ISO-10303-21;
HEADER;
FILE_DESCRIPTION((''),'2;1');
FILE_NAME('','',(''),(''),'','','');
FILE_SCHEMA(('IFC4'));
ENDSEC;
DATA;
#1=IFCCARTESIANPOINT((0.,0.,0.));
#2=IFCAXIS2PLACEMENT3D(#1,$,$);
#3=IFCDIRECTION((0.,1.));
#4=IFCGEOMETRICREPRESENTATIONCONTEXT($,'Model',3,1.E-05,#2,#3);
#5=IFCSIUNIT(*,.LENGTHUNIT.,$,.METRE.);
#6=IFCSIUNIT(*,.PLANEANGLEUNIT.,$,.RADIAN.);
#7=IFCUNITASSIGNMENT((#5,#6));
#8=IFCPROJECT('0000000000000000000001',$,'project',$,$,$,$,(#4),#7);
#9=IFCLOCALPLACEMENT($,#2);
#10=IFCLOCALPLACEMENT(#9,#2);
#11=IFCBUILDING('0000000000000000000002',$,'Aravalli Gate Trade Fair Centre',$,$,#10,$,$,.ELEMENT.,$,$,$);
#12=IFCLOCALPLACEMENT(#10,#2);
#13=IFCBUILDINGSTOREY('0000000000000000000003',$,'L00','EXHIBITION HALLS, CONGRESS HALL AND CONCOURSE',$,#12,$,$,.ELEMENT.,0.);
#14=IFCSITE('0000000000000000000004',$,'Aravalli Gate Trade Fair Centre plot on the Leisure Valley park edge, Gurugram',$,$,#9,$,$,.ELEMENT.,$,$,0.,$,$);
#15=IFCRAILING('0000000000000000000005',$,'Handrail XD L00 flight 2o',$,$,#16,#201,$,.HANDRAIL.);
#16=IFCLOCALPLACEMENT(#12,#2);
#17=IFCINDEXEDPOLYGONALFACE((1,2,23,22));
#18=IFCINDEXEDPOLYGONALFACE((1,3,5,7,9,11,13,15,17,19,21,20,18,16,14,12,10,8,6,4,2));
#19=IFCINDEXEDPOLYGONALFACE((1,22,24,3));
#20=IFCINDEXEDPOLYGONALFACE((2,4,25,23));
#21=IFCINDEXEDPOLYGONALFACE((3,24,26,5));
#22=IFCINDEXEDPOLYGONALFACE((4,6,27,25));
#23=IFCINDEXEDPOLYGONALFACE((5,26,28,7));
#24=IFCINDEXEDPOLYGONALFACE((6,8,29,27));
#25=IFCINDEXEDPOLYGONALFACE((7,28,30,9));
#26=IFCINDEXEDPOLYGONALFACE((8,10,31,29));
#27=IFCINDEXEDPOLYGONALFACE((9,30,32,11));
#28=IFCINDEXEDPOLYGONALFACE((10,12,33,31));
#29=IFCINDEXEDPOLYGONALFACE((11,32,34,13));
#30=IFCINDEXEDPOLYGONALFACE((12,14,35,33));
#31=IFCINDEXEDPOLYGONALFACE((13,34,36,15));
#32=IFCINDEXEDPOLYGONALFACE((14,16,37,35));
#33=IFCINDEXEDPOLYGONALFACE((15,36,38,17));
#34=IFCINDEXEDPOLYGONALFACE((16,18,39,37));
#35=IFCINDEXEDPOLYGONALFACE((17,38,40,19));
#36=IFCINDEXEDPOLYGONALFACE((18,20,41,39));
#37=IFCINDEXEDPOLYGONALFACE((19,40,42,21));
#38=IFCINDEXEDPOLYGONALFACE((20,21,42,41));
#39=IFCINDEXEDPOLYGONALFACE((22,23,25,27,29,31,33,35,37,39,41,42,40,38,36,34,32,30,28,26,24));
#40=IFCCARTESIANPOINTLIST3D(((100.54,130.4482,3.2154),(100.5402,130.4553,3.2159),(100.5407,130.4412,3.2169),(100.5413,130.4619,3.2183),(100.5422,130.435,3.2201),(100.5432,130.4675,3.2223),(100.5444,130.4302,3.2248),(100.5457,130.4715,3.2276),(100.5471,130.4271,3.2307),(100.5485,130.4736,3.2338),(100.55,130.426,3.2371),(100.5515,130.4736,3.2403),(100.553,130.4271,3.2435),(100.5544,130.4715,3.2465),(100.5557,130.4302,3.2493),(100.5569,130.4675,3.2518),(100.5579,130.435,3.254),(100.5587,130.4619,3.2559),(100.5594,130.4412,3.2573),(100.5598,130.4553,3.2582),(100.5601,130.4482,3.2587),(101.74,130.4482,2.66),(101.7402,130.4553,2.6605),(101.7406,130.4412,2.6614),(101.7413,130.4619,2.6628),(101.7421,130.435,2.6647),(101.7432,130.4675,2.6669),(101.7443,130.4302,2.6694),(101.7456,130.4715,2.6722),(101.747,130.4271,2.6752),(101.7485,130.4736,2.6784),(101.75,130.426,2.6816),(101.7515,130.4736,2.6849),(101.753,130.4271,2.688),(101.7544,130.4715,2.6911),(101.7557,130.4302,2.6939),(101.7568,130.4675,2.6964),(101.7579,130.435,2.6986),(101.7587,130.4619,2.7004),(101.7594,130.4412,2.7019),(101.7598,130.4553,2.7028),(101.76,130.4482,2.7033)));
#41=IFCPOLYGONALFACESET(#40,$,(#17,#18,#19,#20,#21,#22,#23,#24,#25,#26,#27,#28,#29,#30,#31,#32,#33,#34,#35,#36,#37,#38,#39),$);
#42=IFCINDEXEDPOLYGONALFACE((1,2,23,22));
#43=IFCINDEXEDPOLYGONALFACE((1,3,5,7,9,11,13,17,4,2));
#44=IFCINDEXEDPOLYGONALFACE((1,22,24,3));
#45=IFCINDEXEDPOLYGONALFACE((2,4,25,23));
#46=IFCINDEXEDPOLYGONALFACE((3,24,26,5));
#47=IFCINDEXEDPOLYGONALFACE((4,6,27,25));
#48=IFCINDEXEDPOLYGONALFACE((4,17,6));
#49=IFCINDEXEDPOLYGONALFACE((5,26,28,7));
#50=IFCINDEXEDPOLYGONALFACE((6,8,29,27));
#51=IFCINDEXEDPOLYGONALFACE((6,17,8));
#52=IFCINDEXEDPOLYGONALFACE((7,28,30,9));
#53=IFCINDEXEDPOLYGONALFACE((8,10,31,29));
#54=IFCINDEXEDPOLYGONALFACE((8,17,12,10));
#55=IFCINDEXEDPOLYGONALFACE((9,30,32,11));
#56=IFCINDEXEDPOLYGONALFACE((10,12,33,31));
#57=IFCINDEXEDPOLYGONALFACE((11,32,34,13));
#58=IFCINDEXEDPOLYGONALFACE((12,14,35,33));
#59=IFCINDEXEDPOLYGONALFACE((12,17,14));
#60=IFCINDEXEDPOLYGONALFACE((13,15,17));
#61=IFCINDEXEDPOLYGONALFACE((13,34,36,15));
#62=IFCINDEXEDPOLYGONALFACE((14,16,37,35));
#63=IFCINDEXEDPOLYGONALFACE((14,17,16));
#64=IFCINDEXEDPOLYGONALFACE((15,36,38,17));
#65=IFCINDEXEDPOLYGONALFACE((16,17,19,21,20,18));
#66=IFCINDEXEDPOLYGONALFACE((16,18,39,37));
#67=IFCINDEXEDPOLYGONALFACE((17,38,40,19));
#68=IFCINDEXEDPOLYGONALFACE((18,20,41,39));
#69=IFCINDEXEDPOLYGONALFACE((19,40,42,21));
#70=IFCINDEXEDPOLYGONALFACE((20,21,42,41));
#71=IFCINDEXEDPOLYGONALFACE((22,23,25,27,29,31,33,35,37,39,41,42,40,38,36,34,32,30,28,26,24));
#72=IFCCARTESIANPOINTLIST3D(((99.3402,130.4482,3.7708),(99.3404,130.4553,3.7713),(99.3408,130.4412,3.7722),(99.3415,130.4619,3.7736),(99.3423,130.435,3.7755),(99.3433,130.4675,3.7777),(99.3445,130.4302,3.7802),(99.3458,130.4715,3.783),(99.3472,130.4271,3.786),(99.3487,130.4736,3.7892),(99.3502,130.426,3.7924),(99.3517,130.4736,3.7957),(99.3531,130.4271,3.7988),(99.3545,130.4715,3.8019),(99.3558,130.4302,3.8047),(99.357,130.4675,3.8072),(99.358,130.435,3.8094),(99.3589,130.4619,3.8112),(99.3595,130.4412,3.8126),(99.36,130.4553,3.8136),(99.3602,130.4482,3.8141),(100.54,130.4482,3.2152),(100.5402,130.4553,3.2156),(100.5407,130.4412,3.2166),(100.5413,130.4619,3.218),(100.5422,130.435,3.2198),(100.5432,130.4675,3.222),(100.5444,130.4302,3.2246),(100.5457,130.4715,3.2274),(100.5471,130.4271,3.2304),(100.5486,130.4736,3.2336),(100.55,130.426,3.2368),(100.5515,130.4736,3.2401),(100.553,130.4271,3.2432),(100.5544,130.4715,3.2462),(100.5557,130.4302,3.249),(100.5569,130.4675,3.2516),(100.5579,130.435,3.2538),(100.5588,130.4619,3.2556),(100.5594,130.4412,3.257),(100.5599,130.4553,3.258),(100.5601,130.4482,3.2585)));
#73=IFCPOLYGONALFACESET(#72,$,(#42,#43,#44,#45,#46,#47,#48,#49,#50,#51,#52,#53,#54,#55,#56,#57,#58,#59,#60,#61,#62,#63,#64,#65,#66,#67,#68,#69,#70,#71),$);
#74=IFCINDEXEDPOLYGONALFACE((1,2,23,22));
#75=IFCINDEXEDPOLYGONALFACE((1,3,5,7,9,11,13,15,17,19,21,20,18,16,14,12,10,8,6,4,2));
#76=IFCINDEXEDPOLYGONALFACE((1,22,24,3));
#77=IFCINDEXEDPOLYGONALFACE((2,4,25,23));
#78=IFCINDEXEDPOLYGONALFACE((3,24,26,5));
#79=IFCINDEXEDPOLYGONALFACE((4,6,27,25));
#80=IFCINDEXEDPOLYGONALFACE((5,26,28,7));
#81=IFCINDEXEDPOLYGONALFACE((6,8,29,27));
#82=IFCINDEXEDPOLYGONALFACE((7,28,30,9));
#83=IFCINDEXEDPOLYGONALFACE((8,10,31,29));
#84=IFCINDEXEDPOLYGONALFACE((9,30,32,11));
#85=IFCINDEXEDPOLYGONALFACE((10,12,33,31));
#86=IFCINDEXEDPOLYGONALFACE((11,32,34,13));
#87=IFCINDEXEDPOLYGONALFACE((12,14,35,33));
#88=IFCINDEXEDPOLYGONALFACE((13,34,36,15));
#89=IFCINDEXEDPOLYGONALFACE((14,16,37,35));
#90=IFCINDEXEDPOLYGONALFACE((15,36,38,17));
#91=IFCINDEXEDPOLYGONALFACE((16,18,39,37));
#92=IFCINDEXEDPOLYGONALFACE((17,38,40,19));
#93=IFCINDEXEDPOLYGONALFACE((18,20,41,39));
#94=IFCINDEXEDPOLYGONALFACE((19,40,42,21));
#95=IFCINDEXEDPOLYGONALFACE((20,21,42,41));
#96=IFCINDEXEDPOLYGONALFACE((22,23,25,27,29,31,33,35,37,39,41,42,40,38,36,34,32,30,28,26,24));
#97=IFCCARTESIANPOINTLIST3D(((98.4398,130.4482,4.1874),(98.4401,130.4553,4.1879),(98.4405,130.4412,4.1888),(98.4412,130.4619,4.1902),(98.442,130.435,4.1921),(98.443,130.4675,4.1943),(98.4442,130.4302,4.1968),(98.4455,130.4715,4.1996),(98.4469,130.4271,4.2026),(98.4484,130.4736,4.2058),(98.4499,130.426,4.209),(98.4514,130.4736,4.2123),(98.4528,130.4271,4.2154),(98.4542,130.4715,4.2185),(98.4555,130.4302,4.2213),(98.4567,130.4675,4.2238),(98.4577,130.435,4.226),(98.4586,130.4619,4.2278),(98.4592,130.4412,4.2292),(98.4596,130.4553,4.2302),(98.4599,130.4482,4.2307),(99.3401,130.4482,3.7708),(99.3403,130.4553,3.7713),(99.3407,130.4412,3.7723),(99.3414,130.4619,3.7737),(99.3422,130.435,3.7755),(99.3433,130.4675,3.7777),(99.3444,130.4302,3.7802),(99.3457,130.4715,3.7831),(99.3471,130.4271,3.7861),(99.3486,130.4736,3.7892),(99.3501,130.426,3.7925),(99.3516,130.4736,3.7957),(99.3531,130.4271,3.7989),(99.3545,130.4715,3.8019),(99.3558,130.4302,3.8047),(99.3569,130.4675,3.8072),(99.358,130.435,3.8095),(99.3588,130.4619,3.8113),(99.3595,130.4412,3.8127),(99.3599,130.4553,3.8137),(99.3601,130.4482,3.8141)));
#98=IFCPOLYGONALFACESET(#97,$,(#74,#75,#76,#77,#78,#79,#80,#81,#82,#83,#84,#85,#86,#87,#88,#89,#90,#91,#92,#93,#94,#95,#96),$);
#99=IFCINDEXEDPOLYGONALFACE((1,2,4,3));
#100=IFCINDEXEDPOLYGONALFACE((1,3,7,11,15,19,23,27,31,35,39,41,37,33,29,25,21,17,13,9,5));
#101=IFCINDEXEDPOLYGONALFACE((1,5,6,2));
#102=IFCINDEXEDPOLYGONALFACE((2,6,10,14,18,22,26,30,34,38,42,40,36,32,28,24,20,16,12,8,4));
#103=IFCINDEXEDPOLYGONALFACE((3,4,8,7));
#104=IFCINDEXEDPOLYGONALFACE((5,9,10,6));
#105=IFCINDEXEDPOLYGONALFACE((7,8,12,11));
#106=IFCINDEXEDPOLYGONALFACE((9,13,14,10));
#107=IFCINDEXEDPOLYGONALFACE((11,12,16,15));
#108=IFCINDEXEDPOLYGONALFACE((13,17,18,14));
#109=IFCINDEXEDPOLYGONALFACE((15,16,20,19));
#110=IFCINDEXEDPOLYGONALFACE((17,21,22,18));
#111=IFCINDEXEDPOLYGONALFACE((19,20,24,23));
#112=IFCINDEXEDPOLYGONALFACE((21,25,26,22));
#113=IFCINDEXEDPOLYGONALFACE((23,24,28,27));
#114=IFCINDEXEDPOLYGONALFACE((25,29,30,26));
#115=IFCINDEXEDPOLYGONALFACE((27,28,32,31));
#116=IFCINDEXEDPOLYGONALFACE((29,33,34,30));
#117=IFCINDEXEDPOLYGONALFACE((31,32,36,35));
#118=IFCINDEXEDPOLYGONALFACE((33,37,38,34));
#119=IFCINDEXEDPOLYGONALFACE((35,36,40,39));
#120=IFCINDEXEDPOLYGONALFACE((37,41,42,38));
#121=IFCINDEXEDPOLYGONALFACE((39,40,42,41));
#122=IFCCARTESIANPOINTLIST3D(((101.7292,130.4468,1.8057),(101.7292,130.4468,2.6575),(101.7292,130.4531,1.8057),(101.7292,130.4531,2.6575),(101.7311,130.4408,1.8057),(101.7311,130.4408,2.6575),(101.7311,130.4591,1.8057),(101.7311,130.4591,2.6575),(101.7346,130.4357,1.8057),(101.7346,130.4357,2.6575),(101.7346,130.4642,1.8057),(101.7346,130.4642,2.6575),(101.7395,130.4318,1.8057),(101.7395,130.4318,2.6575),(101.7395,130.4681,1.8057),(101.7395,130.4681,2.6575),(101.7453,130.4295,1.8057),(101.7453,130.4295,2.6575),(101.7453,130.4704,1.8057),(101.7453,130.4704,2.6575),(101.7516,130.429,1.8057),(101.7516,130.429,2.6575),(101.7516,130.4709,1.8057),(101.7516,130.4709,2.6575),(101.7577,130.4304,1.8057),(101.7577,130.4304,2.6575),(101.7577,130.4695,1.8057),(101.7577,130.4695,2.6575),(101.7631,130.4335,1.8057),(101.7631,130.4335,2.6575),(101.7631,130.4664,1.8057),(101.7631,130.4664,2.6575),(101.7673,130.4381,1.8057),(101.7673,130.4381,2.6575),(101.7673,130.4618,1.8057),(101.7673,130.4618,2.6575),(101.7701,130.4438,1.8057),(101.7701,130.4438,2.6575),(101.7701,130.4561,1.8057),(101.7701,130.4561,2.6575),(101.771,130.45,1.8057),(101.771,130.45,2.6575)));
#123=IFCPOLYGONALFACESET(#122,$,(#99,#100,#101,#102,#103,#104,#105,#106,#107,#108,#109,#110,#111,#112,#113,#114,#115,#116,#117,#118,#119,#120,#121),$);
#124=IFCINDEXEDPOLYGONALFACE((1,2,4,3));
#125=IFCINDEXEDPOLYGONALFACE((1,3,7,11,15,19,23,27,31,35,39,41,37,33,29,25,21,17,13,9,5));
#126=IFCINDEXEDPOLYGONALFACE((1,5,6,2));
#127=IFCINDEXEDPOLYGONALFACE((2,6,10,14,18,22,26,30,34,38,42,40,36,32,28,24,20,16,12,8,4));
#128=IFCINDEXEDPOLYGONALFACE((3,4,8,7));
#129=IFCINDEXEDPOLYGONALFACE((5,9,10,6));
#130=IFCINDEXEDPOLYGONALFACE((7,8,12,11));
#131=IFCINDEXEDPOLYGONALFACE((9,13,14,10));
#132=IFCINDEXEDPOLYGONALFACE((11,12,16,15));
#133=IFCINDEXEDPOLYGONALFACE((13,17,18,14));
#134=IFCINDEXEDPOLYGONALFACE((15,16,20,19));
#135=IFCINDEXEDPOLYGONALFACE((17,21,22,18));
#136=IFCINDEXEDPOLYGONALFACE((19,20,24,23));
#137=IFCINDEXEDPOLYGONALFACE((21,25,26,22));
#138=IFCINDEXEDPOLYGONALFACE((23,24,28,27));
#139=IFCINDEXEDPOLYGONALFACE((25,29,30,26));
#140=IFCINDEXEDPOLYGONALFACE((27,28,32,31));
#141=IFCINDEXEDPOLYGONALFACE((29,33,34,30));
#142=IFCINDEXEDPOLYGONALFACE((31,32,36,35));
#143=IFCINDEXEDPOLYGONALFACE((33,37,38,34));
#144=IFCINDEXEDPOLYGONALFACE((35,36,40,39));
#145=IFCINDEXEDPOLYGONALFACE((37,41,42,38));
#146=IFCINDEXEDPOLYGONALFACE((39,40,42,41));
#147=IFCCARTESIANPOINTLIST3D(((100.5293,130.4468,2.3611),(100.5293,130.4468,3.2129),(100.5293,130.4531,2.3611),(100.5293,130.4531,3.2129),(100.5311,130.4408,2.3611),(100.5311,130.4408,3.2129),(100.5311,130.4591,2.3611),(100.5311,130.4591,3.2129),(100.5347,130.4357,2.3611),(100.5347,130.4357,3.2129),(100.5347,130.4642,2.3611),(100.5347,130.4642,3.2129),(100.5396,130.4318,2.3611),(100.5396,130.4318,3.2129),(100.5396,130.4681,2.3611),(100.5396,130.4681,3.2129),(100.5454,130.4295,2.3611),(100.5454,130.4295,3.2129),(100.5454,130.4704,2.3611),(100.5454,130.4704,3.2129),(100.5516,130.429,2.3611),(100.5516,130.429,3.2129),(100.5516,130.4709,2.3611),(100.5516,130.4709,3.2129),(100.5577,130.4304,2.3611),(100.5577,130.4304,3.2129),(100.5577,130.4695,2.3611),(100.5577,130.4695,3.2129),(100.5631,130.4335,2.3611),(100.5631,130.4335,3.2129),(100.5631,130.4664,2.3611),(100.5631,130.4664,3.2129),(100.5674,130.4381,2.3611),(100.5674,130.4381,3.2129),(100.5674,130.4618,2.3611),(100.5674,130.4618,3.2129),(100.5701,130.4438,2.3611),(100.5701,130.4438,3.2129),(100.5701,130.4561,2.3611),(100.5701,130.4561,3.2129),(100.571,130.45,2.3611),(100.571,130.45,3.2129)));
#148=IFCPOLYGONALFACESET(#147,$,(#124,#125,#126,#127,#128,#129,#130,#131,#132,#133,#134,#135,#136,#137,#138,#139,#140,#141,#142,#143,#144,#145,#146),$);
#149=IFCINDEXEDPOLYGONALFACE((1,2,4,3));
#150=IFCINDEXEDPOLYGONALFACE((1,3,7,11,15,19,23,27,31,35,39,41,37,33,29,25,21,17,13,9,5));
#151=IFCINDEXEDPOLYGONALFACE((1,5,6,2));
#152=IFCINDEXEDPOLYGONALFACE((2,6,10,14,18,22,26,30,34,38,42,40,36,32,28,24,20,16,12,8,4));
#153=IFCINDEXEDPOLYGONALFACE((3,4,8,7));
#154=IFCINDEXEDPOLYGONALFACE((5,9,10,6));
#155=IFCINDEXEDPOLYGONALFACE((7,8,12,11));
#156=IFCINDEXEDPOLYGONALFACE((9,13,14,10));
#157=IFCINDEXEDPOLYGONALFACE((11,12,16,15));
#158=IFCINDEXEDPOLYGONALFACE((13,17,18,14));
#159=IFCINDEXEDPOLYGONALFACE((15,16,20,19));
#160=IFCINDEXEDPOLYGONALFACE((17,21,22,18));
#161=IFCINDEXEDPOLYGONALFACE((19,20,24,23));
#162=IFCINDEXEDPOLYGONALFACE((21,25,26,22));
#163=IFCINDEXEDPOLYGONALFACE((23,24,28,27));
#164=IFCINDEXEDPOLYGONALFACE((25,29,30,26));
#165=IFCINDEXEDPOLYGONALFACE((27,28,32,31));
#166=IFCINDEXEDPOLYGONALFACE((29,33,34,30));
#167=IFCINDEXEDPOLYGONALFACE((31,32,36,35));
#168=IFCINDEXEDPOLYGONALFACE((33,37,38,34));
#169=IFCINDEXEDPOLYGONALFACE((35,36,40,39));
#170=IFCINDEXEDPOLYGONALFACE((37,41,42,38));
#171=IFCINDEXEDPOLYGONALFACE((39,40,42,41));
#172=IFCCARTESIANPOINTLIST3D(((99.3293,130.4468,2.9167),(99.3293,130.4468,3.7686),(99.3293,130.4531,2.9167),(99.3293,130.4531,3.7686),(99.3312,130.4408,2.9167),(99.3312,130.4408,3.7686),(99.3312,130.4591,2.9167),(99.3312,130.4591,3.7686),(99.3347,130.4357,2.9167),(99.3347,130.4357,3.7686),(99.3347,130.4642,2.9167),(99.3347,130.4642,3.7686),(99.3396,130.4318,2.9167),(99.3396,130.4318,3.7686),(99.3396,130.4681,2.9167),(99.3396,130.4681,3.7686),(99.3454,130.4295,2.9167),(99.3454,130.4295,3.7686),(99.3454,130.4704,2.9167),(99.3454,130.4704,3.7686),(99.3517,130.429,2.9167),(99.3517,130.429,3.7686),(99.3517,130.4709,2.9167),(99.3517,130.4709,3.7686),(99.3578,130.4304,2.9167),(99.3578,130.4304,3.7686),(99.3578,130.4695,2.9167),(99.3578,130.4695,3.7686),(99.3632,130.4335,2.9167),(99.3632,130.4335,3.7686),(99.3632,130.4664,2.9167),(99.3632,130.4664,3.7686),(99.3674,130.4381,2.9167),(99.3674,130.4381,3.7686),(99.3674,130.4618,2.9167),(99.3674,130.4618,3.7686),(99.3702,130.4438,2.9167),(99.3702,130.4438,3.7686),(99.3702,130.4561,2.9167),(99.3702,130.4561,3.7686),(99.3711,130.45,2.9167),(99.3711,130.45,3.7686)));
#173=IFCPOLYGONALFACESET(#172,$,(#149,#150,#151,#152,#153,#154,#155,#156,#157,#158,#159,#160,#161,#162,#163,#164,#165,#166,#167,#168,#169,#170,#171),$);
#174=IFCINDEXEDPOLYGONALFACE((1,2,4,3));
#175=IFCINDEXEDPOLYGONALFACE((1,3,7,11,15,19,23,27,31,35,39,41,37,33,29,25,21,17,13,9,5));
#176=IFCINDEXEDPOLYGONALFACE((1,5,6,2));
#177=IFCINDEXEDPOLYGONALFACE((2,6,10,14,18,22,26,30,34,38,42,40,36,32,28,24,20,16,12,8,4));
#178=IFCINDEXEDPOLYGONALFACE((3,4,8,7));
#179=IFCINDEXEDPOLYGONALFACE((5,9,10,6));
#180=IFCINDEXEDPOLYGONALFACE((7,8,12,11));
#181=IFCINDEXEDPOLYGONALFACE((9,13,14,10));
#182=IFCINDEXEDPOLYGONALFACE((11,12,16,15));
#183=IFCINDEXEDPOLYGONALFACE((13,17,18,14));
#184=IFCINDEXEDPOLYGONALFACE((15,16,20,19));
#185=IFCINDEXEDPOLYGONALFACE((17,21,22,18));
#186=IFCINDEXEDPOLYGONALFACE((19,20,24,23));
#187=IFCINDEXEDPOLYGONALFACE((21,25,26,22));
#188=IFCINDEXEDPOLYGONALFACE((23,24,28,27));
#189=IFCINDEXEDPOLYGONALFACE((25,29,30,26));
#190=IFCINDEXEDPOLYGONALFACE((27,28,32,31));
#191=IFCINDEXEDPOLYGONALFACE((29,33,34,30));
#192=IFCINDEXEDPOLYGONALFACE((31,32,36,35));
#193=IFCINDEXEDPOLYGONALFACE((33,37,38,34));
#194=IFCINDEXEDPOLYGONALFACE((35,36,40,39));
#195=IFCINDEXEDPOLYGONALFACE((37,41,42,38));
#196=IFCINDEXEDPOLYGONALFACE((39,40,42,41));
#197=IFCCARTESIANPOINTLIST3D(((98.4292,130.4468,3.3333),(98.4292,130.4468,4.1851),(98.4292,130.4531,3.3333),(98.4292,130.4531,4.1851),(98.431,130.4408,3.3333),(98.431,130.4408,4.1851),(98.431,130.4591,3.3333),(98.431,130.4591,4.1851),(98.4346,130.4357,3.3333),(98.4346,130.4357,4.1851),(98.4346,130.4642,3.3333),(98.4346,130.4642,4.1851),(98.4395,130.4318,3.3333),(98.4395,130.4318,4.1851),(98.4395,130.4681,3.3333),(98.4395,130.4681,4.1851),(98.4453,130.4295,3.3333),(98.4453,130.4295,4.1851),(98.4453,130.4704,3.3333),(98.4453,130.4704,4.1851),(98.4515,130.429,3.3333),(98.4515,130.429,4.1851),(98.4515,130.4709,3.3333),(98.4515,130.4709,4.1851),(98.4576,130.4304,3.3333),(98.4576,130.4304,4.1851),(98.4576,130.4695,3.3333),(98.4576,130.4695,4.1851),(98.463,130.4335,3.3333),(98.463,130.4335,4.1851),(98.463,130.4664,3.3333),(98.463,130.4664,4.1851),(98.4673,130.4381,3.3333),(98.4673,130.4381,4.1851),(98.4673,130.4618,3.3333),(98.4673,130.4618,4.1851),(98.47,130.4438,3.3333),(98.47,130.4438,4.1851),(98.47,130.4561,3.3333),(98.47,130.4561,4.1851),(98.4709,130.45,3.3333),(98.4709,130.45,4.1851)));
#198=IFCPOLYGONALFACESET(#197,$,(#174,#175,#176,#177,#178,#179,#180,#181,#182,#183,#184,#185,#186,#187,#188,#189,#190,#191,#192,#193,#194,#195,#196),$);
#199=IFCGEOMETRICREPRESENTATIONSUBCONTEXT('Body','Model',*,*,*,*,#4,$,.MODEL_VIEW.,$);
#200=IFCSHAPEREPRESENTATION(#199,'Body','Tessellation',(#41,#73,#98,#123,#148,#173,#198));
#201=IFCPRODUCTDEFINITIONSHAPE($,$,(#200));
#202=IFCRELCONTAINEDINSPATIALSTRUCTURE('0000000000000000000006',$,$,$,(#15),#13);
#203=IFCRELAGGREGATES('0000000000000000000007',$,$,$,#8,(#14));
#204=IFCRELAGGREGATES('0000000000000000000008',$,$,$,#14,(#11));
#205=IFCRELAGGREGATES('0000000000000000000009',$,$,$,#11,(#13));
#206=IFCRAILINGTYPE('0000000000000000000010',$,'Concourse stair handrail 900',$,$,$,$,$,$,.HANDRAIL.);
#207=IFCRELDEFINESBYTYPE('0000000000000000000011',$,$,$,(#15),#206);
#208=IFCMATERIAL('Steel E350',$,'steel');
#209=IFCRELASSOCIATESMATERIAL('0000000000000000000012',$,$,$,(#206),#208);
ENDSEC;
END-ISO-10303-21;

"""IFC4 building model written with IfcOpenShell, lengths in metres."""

from ifc_helpers import new_model, si_unit, direction, frame, origin, origin_2d, place, context, subcontext, project, spatial, circle, extrude, material, type_object, element, save


model = new_model("IFC4")

# Units and contexts
model_context = context("Model", 3, precision=1e-05, world=origin(), true_north=direction((0.0, 1.0)))
body_context = subcontext(model_context, "Body", "Model", "MODEL_VIEW")
ifc_project = project(units=[si_unit("LENGTHUNIT", "METRE"), si_unit("PLANEANGLEUNIT", "RADIAN")], contexts=[model_context])

# Site, building, storey
site_placement = place(None, origin())
site = spatial("IfcSite", under=ifc_project, at=site_placement, Name="Aravalli Gate Trade Fair Centre plot on the Leisure Valley park edge, Gurugram", CompositionType="ELEMENT", RefElevation=0.0)
building_placement = place(site_placement, origin())
building = spatial("IfcBuilding", under=site, at=building_placement, Name="Aravalli Gate Trade Fair Centre", CompositionType="ELEMENT")
storey_placement = place(building_placement, origin())
storey = spatial("IfcBuildingStorey", under=building, at=storey_placement, Name="L00", Description="EXHIBITION HALLS, CONGRESS HALL AND CONCOURSE", CompositionType="ELEMENT", Elevation=0.0)

# Shared definitions
ifc_material_1 = material(Name="Steel E350", Category="steel")

# Railing
railing_type = type_object("IfcRailingType", Name="Concourse stair handrail 900", PredefinedType="HANDRAIL", material=ifc_material_1)
for number, where, name in (
    (1, (101.75, 130.45, 1.8057), "Handrail XD L00 flight 2o"),
):
    element("IfcRailing", number, at=place(storey_placement, frame(where)), inside=storey, type_object=railing_type, Name=name, PredefinedType="HANDRAIL", context=body_context, shape_type="SweptSolid", body=[
        extrude(circle(Radius=0.0239, at=origin_2d()), frame((0.0, 0.0, 0.876), z_axis=(-0.907499, 0.0, 0.420053), x_axis=(0.0, -1.0, 0.0)), (0.0, 0.0, 1.0), 1.3223),
        extrude(circle(Radius=0.0239, at=origin_2d()), frame((-1.2, 0.0, 1.4312), z_axis=(-0.907429, 0.0, 0.420205), x_axis=(0.0, -1.0, 0.0)), (0.0, 0.0, 1.0), 1.3223),
        extrude(circle(Radius=0.0239, at=origin_2d()), frame((-2.3999, 0.0, 1.9868), z_axis=(-0.907556, 0.0, 0.419932), x_axis=(0.0, -1.0, 0.0)), (0.0, 0.0, 1.0), 0.9919),
        extrude(circle(Radius=0.021, at=origin_2d()), origin(), (0.0, 0.0, 1.0), 0.8518),
        extrude(circle(Radius=0.021, at=origin_2d()), frame((-1.2, 0.0, 0.5554)), (0.0, 0.0, 1.0), 0.8518),
        extrude(circle(Radius=0.021, at=origin_2d()), frame((-2.3999, 0.0, 1.1111)), (0.0, 0.0, 1.0), 0.8518),
        extrude(circle(Radius=0.021, at=origin_2d()), frame((-3.3, 0.0, 1.5276)), (0.0, 0.0, 1.0), 0.8518),
    ])

save(model, "model.ifc")
